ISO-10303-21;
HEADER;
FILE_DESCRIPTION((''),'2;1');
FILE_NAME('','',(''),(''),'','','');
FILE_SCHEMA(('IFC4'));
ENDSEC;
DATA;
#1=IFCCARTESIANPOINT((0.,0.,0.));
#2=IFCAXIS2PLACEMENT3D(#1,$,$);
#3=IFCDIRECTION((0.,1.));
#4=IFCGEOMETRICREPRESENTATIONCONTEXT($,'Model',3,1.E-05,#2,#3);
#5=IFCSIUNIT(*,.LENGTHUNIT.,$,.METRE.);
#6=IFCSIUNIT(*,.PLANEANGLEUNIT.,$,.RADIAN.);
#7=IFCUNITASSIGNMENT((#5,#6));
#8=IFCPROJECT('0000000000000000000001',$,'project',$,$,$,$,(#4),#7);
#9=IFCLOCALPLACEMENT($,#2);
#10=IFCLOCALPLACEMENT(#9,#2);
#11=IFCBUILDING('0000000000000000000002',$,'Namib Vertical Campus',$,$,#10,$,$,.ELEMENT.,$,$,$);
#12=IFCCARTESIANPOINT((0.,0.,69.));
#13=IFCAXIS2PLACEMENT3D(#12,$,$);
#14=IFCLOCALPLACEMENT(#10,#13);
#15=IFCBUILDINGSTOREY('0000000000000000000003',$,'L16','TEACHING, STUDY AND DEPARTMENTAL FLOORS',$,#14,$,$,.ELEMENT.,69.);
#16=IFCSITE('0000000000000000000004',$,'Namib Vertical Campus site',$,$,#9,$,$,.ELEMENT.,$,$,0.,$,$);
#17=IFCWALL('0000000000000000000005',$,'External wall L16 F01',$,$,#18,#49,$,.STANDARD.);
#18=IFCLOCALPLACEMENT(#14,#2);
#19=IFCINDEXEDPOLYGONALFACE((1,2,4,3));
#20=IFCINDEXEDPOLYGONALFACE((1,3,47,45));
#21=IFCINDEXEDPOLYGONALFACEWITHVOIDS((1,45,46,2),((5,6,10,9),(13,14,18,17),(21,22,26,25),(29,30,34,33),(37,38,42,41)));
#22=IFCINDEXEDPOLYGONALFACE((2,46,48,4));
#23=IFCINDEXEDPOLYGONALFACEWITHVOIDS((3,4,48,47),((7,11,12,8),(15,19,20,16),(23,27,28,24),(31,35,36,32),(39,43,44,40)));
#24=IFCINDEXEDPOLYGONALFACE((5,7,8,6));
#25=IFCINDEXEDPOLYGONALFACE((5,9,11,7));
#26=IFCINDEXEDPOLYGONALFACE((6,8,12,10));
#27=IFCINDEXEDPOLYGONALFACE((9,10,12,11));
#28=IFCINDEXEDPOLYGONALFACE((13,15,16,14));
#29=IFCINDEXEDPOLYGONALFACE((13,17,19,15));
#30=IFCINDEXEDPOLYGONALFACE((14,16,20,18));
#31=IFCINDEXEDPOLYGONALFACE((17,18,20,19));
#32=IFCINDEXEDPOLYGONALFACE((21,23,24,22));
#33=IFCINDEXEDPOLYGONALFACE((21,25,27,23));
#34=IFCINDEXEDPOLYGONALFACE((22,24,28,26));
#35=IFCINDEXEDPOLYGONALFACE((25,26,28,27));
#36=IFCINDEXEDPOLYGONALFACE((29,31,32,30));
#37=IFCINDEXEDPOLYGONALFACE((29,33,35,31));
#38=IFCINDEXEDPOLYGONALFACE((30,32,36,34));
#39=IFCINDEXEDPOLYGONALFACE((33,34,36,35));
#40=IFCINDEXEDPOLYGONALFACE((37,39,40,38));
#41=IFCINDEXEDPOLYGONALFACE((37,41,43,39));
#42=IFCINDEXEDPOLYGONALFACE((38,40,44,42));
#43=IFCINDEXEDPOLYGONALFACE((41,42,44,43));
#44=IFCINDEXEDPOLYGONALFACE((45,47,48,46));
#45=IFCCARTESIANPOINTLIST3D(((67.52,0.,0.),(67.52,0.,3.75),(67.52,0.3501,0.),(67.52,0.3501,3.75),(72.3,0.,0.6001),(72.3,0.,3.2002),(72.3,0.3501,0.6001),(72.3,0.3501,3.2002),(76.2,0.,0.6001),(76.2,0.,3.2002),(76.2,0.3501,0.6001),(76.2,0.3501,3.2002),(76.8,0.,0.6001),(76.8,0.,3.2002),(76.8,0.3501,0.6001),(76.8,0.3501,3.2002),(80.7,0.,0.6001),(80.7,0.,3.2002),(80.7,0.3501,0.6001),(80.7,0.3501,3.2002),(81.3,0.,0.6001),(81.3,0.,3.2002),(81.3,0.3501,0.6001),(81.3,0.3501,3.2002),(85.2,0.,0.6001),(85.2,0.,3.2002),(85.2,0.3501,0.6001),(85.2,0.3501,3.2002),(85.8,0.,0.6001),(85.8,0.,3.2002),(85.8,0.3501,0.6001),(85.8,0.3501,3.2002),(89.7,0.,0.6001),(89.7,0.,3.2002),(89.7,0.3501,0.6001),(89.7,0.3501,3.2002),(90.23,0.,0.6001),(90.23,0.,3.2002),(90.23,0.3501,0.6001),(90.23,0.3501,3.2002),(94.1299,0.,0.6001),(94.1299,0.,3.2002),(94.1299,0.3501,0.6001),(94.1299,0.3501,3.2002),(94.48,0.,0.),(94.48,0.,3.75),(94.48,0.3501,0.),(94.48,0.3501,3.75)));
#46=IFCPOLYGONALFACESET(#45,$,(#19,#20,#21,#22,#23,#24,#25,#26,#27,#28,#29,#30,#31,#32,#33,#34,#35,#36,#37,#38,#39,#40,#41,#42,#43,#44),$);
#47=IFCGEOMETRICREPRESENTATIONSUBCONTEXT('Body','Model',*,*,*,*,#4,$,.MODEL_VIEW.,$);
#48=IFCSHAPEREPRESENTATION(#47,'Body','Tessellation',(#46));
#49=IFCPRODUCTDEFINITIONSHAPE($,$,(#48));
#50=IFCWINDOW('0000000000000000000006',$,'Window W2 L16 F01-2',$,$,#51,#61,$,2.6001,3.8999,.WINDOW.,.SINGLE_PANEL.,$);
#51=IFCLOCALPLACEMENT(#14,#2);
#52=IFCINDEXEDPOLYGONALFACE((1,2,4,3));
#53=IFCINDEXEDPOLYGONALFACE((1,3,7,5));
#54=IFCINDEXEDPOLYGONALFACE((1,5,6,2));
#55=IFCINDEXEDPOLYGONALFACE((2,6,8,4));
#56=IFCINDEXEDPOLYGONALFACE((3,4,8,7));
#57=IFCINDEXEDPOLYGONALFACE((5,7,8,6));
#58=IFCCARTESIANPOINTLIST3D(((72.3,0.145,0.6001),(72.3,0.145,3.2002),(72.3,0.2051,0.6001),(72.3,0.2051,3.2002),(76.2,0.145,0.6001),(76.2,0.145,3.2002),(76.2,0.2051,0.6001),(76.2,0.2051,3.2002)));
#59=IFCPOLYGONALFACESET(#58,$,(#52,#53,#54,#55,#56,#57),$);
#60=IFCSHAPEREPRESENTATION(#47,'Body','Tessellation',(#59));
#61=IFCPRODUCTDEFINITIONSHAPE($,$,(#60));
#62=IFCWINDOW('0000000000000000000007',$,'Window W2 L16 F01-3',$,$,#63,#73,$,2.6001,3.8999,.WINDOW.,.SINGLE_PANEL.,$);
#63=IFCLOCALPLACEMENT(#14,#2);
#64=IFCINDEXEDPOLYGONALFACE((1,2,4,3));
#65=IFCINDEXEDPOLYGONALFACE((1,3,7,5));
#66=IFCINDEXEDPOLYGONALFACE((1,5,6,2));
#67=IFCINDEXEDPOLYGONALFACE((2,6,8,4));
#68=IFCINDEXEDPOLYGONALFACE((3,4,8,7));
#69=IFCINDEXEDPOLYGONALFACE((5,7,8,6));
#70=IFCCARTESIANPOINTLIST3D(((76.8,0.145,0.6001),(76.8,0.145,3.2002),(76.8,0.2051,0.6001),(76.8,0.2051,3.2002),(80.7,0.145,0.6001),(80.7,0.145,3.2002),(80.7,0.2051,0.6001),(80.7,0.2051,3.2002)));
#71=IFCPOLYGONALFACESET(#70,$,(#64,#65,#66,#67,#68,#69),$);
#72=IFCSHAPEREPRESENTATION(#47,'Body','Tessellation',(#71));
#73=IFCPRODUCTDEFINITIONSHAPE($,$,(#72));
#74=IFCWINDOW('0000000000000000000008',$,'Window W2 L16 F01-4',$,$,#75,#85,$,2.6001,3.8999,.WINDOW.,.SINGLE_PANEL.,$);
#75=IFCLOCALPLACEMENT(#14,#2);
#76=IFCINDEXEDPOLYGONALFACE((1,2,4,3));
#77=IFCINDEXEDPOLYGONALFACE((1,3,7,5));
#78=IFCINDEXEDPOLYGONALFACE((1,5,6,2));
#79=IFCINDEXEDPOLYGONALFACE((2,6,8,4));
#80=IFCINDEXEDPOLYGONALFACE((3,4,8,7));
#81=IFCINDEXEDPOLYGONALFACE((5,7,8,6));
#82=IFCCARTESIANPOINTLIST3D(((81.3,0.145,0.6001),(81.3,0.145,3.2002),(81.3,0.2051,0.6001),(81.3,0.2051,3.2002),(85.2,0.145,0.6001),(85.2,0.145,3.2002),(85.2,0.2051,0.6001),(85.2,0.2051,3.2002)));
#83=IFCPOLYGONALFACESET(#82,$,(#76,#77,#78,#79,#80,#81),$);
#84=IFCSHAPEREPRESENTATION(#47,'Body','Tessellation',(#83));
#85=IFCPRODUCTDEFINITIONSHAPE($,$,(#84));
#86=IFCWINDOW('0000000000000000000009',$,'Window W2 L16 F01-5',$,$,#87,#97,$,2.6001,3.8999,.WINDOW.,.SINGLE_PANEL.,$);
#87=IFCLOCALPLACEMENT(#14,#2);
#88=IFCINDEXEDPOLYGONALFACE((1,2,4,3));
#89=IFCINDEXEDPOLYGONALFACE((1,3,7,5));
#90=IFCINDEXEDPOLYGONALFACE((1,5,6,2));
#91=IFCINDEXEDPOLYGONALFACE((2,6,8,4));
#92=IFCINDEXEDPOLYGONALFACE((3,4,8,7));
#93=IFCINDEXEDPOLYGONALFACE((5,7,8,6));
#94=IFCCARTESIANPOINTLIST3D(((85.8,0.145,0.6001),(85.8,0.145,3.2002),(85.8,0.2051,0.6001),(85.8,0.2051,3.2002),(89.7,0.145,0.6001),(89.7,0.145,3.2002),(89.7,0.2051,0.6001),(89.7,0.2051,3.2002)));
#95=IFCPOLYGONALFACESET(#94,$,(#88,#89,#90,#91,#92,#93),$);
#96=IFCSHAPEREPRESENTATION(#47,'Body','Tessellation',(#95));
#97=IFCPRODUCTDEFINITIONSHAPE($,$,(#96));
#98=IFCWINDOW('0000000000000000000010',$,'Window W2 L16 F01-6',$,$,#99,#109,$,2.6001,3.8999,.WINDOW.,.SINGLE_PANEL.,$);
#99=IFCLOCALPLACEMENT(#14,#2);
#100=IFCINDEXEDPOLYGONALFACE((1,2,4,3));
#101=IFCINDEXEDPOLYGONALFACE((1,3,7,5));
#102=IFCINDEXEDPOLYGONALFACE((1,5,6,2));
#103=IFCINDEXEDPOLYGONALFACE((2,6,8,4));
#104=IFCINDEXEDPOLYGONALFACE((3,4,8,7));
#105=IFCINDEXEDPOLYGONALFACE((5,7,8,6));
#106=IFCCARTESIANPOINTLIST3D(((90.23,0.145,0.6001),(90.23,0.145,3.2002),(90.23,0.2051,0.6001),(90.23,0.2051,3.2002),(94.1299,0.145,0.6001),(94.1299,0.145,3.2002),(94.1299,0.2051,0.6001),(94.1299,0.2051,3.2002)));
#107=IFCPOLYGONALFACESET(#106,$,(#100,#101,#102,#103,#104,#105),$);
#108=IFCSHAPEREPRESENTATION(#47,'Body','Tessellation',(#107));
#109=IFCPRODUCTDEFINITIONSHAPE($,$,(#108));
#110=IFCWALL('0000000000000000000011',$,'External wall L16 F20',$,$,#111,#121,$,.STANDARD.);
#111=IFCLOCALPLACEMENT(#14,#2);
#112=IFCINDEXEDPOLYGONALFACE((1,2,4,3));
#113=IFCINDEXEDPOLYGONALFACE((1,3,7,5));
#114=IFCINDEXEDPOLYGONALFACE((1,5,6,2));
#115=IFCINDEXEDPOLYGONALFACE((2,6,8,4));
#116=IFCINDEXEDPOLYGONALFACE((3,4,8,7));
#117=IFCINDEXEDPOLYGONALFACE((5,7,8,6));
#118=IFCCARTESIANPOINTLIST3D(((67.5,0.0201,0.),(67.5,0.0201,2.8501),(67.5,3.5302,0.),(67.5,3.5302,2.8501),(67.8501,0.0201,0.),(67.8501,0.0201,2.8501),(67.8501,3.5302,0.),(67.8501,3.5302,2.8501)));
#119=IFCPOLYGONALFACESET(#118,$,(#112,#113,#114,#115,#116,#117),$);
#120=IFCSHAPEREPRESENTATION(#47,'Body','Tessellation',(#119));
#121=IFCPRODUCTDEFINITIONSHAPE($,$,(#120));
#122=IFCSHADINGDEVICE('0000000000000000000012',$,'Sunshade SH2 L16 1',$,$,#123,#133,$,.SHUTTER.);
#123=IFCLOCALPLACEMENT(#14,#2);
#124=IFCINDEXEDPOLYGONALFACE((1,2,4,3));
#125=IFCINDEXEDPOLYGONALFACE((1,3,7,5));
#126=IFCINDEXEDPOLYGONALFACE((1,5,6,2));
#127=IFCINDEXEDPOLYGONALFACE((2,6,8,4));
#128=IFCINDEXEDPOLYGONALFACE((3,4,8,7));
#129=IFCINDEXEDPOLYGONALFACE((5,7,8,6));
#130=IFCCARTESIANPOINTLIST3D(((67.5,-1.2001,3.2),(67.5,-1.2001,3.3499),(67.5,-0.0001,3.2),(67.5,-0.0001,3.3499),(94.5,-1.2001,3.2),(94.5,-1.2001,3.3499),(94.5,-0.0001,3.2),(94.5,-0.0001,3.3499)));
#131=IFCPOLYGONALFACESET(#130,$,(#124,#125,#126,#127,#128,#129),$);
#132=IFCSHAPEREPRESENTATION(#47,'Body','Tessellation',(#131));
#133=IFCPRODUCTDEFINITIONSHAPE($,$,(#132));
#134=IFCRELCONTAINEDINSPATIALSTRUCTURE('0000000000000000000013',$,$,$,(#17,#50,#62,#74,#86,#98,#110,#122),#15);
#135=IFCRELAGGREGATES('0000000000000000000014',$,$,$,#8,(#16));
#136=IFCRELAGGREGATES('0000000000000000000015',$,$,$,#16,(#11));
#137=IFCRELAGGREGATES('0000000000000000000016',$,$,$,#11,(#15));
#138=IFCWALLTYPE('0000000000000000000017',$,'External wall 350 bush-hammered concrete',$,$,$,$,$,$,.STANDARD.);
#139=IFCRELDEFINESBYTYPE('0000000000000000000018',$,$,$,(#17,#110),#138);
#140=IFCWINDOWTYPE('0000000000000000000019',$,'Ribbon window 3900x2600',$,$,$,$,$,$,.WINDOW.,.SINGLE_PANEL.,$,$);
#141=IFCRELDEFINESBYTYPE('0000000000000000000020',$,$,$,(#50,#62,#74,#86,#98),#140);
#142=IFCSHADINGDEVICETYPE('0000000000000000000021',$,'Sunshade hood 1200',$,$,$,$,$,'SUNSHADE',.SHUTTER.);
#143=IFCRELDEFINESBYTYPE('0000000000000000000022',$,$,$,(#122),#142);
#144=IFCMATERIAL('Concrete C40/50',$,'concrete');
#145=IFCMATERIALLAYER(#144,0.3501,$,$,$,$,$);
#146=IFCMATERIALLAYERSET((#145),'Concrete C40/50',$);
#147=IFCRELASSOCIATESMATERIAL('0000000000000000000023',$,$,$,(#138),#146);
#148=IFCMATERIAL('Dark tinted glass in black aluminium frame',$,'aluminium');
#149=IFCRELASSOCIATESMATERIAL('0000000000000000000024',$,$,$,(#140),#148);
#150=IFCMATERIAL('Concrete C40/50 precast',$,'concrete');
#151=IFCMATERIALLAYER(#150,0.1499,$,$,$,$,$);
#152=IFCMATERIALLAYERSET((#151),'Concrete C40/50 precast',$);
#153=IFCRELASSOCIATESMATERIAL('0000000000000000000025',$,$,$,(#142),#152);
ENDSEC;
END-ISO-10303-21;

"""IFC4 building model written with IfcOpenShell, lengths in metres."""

from ifc_helpers import new_model, si_unit, direction, frame, frame_2d, origin, origin_2d, place, context, subcontext, project, spatial, rectangle, extrude, material, layer, layer_set, type_object, element, fill, save


model = new_model("IFC4")

# Units and contexts
model_context = context("Model", 3, precision=1e-05, world=origin(), true_north=direction((0.0, 1.0)))
body_context = subcontext(model_context, "Body", "Model", "MODEL_VIEW")
ifc_project = project(units=[si_unit("LENGTHUNIT", "METRE"), si_unit("PLANEANGLEUNIT", "RADIAN")], contexts=[model_context])

# Site, building, storey
site_placement = place(None, origin())
site = spatial("IfcSite", under=ifc_project, at=site_placement, Name="Namib Vertical Campus site", CompositionType="ELEMENT", RefElevation=0.0)
building_placement = place(site_placement, origin())
building = spatial("IfcBuilding", under=site, at=building_placement, Name="Namib Vertical Campus", CompositionType="ELEMENT")
storey_placement = place(building_placement, frame((0.0, 0.0, 69.0)))
storey = spatial("IfcBuildingStorey", under=building, at=storey_placement, Name="L16", Description="TEACHING, STUDY AND DEPARTMENTAL FLOORS", CompositionType="ELEMENT", Elevation=69.0)

# Wall, openings, windows
ifc_material_1 = material(Name="Concrete C40/50", Category="concrete")
ifc_layer_1 = layer(ifc_material_1, 0.3501)
ifc_layer_set_1 = layer_set([ifc_layer_1], Name="Concrete C40/50")
wall_type_1 = type_object("IfcWallType", Name="External wall 350 bush-hammered concrete", PredefinedType="STANDARD", material=ifc_layer_set_1)
wall_1_placement = place(storey_placement, frame((67.52, 0.175, 0.0), z_axis=(0.0, 0.0, 1.0), x_axis=(1.0, 0.0, 0.0)))
wall_1 = element("IfcWall", 1, at=wall_1_placement, inside=storey, type_object=wall_type_1, Name="External wall L16 F01", PredefinedType="STANDARD", context=body_context, shape_type="SweptSolid", body=[
    extrude(rectangle(XDim=26.96, YDim=0.3501, at=frame_2d((13.48, 0.0))), origin(), (0.0, 0.0, 1.0), 3.75),
])
opening_1_placement = place(wall_1_placement, frame((4.78, 0.0, 0.6001)))
opening_1 = element("IfcOpeningElement", 2, at=opening_1_placement, cuts=wall_1, PredefinedType="OPENING", context=body_context, shape_type="SweptSolid", body=[
    extrude(rectangle(XDim=3.8999, YDim=2.6001, at=frame_2d((1.95, 1.3))), frame((0.0, 0.1851, 0.0), z_axis=(0.0, -1.0, 0.0), x_axis=(1.0, 0.0, 0.0)), (0.0, 0.0, 1.0), 0.3701),
])
opening_2_placement = place(wall_1_placement, frame((9.28, 0.0, 0.6001)))
opening_2 = element("IfcOpeningElement", 3, at=opening_2_placement, cuts=wall_1, PredefinedType="OPENING", context=body_context, shape_type="SweptSolid", body=[
    extrude(rectangle(XDim=3.8999, YDim=2.6001, at=frame_2d((1.95, 1.3))), frame((0.0, 0.1851, 0.0), z_axis=(0.0, -1.0, 0.0), x_axis=(1.0, 0.0, 0.0)), (0.0, 0.0, 1.0), 0.3701),
])
opening_3_placement = place(wall_1_placement, frame((13.78, 0.0, 0.6001)))
opening_3 = element("IfcOpeningElement", 4, at=opening_3_placement, cuts=wall_1, PredefinedType="OPENING", context=body_context, shape_type="SweptSolid", body=[
    extrude(rectangle(XDim=3.8999, YDim=2.6001, at=frame_2d((1.95, 1.3))), frame((0.0, 0.1851, 0.0), z_axis=(0.0, -1.0, 0.0), x_axis=(1.0, 0.0, 0.0)), (0.0, 0.0, 1.0), 0.3701),
])
opening_4_placement = place(wall_1_placement, frame((18.28, 0.0, 0.6001)))
opening_4 = element("IfcOpeningElement", 5, at=opening_4_placement, cuts=wall_1, PredefinedType="OPENING", context=body_context, shape_type="SweptSolid", body=[
    extrude(rectangle(XDim=3.8999, YDim=2.6001, at=frame_2d((1.95, 1.3))), frame((0.0, 0.1851, 0.0), z_axis=(0.0, -1.0, 0.0), x_axis=(1.0, 0.0, 0.0)), (0.0, 0.0, 1.0), 0.3701),
])
opening_5_placement = place(wall_1_placement, frame((22.71, 0.0, 0.6001)))
opening_5 = element("IfcOpeningElement", 6, at=opening_5_placement, cuts=wall_1, PredefinedType="OPENING", context=body_context, shape_type="SweptSolid", body=[
    extrude(rectangle(XDim=3.8999, YDim=2.6001, at=frame_2d((1.95, 1.3))), frame((0.0, 0.1851, 0.0), z_axis=(0.0, -1.0, 0.0), x_axis=(1.0, 0.0, 0.0)), (0.0, 0.0, 1.0), 0.3701),
])
ifc_material_2 = material(Name="Dark tinted glass in black aluminium frame", Category="aluminium")
window_type = type_object("IfcWindowType", Name="Ribbon window 3900x2600", PartitioningType="SINGLE_PANEL", PredefinedType="WINDOW", material=ifc_material_2)
window_1_placement = place(opening_1_placement, origin())
window_1 = element("IfcWindow", 7, at=window_1_placement, inside=storey, type_object=window_type, Name="Window W2 L16 F01-2", OverallHeight=2.6001, OverallWidth=3.8999, PartitioningType="SINGLE_PANEL", PredefinedType="WINDOW", context=body_context, shape_type="SweptSolid", body=[
    extrude(rectangle(XDim=3.8999, YDim=2.6001, at=frame_2d((1.95, 1.3))), frame((0.0, 0.03, 0.0), z_axis=(0.0, -1.0, 0.0), x_axis=(1.0, 0.0, 0.0)), (0.0, 0.0, 1.0), 0.0601),
])
fill(opening_1, window_1)
window_2_placement = place(opening_2_placement, origin())
window_2 = element("IfcWindow", 8, at=window_2_placement, inside=storey, type_object=window_type, Name="Window W2 L16 F01-3", OverallHeight=2.6001, OverallWidth=3.8999, PartitioningType="SINGLE_PANEL", PredefinedType="WINDOW", context=body_context, shape_type="SweptSolid", body=[
    extrude(rectangle(XDim=3.8999, YDim=2.6001, at=frame_2d((1.95, 1.3))), frame((0.0, 0.03, 0.0), z_axis=(0.0, -1.0, 0.0), x_axis=(1.0, 0.0, 0.0)), (0.0, 0.0, 1.0), 0.0601),
])
fill(opening_2, window_2)
window_3_placement = place(opening_3_placement, origin())
window_3 = element("IfcWindow", 9, at=window_3_placement, inside=storey, type_object=window_type, Name="Window W2 L16 F01-4", OverallHeight=2.6001, OverallWidth=3.8999, PartitioningType="SINGLE_PANEL", PredefinedType="WINDOW", context=body_context, shape_type="SweptSolid", body=[
    extrude(rectangle(XDim=3.8999, YDim=2.6001, at=frame_2d((1.95, 1.3))), frame((0.0, 0.03, 0.0), z_axis=(0.0, -1.0, 0.0), x_axis=(1.0, 0.0, 0.0)), (0.0, 0.0, 1.0), 0.0601),
])
fill(opening_3, window_3)
window_4_placement = place(opening_4_placement, origin())
window_4 = element("IfcWindow", 10, at=window_4_placement, inside=storey, type_object=window_type, Name="Window W2 L16 F01-5", OverallHeight=2.6001, OverallWidth=3.8999, PartitioningType="SINGLE_PANEL", PredefinedType="WINDOW", context=body_context, shape_type="SweptSolid", body=[
    extrude(rectangle(XDim=3.8999, YDim=2.6001, at=frame_2d((1.95, 1.3))), frame((0.0, 0.03, 0.0), z_axis=(0.0, -1.0, 0.0), x_axis=(1.0, 0.0, 0.0)), (0.0, 0.0, 1.0), 0.0601),
])
fill(opening_4, window_4)
window_5_placement = place(opening_5_placement, origin())
window_5 = element("IfcWindow", 11, at=window_5_placement, inside=storey, type_object=window_type, Name="Window W2 L16 F01-6", OverallHeight=2.6001, OverallWidth=3.8999, PartitioningType="SINGLE_PANEL", PredefinedType="WINDOW", context=body_context, shape_type="SweptSolid", body=[
    extrude(rectangle(XDim=3.8999, YDim=2.6001, at=frame_2d((1.95, 1.3))), frame((0.0, 0.03, 0.0), z_axis=(0.0, -1.0, 0.0), x_axis=(1.0, 0.0, 0.0)), (0.0, 0.0, 1.0), 0.0601),
])
fill(opening_5, window_5)

# Wall
wall_2_placement = place(storey_placement, frame((67.675, 3.53, 0.0), z_axis=(0.0, 0.0, 1.0), x_axis=(0.0, -1.0, 0.0)))
element("IfcWall", 12, at=wall_2_placement, inside=storey, type_object=wall_type_1, Name="External wall L16 F20", PredefinedType="STANDARD", context=body_context, shape_type="SweptSolid", body=[
    extrude(rectangle(XDim=3.51, YDim=0.3501, at=frame_2d((1.7549, 0.0))), origin(), (0.0, 0.0, 1.0), 2.8501),
])

# Shading device
ifc_material_3 = material(Name="Concrete C40/50 precast", Category="concrete")
ifc_layer_2 = layer(ifc_material_3, 0.1499)
ifc_layer_set_2 = layer_set([ifc_layer_2], Name="Concrete C40/50 precast")
shading_device_type = type_object("IfcShadingDeviceType", Name="Sunshade hood 1200", ElementType="SUNSHADE", PredefinedType="SHUTTER", material=ifc_layer_set_2)
shading_device_placement = place(storey_placement, frame((81.0, -0.6001, 3.2), z_axis=(0.0, 0.0, 1.0), x_axis=(1.0, 0.0, 0.0)))
element("IfcShadingDevice", 13, at=shading_device_placement, inside=storey, type_object=shading_device_type, Name="Sunshade SH2 L16 1", PredefinedType="SHUTTER", context=body_context, shape_type="SweptSolid", body=[
    extrude(rectangle(XDim=27.0, YDim=1.2, at=origin_2d()), origin(), (0.0, 0.0, 1.0), 0.1499),
])

save(model, "model.ifc")
